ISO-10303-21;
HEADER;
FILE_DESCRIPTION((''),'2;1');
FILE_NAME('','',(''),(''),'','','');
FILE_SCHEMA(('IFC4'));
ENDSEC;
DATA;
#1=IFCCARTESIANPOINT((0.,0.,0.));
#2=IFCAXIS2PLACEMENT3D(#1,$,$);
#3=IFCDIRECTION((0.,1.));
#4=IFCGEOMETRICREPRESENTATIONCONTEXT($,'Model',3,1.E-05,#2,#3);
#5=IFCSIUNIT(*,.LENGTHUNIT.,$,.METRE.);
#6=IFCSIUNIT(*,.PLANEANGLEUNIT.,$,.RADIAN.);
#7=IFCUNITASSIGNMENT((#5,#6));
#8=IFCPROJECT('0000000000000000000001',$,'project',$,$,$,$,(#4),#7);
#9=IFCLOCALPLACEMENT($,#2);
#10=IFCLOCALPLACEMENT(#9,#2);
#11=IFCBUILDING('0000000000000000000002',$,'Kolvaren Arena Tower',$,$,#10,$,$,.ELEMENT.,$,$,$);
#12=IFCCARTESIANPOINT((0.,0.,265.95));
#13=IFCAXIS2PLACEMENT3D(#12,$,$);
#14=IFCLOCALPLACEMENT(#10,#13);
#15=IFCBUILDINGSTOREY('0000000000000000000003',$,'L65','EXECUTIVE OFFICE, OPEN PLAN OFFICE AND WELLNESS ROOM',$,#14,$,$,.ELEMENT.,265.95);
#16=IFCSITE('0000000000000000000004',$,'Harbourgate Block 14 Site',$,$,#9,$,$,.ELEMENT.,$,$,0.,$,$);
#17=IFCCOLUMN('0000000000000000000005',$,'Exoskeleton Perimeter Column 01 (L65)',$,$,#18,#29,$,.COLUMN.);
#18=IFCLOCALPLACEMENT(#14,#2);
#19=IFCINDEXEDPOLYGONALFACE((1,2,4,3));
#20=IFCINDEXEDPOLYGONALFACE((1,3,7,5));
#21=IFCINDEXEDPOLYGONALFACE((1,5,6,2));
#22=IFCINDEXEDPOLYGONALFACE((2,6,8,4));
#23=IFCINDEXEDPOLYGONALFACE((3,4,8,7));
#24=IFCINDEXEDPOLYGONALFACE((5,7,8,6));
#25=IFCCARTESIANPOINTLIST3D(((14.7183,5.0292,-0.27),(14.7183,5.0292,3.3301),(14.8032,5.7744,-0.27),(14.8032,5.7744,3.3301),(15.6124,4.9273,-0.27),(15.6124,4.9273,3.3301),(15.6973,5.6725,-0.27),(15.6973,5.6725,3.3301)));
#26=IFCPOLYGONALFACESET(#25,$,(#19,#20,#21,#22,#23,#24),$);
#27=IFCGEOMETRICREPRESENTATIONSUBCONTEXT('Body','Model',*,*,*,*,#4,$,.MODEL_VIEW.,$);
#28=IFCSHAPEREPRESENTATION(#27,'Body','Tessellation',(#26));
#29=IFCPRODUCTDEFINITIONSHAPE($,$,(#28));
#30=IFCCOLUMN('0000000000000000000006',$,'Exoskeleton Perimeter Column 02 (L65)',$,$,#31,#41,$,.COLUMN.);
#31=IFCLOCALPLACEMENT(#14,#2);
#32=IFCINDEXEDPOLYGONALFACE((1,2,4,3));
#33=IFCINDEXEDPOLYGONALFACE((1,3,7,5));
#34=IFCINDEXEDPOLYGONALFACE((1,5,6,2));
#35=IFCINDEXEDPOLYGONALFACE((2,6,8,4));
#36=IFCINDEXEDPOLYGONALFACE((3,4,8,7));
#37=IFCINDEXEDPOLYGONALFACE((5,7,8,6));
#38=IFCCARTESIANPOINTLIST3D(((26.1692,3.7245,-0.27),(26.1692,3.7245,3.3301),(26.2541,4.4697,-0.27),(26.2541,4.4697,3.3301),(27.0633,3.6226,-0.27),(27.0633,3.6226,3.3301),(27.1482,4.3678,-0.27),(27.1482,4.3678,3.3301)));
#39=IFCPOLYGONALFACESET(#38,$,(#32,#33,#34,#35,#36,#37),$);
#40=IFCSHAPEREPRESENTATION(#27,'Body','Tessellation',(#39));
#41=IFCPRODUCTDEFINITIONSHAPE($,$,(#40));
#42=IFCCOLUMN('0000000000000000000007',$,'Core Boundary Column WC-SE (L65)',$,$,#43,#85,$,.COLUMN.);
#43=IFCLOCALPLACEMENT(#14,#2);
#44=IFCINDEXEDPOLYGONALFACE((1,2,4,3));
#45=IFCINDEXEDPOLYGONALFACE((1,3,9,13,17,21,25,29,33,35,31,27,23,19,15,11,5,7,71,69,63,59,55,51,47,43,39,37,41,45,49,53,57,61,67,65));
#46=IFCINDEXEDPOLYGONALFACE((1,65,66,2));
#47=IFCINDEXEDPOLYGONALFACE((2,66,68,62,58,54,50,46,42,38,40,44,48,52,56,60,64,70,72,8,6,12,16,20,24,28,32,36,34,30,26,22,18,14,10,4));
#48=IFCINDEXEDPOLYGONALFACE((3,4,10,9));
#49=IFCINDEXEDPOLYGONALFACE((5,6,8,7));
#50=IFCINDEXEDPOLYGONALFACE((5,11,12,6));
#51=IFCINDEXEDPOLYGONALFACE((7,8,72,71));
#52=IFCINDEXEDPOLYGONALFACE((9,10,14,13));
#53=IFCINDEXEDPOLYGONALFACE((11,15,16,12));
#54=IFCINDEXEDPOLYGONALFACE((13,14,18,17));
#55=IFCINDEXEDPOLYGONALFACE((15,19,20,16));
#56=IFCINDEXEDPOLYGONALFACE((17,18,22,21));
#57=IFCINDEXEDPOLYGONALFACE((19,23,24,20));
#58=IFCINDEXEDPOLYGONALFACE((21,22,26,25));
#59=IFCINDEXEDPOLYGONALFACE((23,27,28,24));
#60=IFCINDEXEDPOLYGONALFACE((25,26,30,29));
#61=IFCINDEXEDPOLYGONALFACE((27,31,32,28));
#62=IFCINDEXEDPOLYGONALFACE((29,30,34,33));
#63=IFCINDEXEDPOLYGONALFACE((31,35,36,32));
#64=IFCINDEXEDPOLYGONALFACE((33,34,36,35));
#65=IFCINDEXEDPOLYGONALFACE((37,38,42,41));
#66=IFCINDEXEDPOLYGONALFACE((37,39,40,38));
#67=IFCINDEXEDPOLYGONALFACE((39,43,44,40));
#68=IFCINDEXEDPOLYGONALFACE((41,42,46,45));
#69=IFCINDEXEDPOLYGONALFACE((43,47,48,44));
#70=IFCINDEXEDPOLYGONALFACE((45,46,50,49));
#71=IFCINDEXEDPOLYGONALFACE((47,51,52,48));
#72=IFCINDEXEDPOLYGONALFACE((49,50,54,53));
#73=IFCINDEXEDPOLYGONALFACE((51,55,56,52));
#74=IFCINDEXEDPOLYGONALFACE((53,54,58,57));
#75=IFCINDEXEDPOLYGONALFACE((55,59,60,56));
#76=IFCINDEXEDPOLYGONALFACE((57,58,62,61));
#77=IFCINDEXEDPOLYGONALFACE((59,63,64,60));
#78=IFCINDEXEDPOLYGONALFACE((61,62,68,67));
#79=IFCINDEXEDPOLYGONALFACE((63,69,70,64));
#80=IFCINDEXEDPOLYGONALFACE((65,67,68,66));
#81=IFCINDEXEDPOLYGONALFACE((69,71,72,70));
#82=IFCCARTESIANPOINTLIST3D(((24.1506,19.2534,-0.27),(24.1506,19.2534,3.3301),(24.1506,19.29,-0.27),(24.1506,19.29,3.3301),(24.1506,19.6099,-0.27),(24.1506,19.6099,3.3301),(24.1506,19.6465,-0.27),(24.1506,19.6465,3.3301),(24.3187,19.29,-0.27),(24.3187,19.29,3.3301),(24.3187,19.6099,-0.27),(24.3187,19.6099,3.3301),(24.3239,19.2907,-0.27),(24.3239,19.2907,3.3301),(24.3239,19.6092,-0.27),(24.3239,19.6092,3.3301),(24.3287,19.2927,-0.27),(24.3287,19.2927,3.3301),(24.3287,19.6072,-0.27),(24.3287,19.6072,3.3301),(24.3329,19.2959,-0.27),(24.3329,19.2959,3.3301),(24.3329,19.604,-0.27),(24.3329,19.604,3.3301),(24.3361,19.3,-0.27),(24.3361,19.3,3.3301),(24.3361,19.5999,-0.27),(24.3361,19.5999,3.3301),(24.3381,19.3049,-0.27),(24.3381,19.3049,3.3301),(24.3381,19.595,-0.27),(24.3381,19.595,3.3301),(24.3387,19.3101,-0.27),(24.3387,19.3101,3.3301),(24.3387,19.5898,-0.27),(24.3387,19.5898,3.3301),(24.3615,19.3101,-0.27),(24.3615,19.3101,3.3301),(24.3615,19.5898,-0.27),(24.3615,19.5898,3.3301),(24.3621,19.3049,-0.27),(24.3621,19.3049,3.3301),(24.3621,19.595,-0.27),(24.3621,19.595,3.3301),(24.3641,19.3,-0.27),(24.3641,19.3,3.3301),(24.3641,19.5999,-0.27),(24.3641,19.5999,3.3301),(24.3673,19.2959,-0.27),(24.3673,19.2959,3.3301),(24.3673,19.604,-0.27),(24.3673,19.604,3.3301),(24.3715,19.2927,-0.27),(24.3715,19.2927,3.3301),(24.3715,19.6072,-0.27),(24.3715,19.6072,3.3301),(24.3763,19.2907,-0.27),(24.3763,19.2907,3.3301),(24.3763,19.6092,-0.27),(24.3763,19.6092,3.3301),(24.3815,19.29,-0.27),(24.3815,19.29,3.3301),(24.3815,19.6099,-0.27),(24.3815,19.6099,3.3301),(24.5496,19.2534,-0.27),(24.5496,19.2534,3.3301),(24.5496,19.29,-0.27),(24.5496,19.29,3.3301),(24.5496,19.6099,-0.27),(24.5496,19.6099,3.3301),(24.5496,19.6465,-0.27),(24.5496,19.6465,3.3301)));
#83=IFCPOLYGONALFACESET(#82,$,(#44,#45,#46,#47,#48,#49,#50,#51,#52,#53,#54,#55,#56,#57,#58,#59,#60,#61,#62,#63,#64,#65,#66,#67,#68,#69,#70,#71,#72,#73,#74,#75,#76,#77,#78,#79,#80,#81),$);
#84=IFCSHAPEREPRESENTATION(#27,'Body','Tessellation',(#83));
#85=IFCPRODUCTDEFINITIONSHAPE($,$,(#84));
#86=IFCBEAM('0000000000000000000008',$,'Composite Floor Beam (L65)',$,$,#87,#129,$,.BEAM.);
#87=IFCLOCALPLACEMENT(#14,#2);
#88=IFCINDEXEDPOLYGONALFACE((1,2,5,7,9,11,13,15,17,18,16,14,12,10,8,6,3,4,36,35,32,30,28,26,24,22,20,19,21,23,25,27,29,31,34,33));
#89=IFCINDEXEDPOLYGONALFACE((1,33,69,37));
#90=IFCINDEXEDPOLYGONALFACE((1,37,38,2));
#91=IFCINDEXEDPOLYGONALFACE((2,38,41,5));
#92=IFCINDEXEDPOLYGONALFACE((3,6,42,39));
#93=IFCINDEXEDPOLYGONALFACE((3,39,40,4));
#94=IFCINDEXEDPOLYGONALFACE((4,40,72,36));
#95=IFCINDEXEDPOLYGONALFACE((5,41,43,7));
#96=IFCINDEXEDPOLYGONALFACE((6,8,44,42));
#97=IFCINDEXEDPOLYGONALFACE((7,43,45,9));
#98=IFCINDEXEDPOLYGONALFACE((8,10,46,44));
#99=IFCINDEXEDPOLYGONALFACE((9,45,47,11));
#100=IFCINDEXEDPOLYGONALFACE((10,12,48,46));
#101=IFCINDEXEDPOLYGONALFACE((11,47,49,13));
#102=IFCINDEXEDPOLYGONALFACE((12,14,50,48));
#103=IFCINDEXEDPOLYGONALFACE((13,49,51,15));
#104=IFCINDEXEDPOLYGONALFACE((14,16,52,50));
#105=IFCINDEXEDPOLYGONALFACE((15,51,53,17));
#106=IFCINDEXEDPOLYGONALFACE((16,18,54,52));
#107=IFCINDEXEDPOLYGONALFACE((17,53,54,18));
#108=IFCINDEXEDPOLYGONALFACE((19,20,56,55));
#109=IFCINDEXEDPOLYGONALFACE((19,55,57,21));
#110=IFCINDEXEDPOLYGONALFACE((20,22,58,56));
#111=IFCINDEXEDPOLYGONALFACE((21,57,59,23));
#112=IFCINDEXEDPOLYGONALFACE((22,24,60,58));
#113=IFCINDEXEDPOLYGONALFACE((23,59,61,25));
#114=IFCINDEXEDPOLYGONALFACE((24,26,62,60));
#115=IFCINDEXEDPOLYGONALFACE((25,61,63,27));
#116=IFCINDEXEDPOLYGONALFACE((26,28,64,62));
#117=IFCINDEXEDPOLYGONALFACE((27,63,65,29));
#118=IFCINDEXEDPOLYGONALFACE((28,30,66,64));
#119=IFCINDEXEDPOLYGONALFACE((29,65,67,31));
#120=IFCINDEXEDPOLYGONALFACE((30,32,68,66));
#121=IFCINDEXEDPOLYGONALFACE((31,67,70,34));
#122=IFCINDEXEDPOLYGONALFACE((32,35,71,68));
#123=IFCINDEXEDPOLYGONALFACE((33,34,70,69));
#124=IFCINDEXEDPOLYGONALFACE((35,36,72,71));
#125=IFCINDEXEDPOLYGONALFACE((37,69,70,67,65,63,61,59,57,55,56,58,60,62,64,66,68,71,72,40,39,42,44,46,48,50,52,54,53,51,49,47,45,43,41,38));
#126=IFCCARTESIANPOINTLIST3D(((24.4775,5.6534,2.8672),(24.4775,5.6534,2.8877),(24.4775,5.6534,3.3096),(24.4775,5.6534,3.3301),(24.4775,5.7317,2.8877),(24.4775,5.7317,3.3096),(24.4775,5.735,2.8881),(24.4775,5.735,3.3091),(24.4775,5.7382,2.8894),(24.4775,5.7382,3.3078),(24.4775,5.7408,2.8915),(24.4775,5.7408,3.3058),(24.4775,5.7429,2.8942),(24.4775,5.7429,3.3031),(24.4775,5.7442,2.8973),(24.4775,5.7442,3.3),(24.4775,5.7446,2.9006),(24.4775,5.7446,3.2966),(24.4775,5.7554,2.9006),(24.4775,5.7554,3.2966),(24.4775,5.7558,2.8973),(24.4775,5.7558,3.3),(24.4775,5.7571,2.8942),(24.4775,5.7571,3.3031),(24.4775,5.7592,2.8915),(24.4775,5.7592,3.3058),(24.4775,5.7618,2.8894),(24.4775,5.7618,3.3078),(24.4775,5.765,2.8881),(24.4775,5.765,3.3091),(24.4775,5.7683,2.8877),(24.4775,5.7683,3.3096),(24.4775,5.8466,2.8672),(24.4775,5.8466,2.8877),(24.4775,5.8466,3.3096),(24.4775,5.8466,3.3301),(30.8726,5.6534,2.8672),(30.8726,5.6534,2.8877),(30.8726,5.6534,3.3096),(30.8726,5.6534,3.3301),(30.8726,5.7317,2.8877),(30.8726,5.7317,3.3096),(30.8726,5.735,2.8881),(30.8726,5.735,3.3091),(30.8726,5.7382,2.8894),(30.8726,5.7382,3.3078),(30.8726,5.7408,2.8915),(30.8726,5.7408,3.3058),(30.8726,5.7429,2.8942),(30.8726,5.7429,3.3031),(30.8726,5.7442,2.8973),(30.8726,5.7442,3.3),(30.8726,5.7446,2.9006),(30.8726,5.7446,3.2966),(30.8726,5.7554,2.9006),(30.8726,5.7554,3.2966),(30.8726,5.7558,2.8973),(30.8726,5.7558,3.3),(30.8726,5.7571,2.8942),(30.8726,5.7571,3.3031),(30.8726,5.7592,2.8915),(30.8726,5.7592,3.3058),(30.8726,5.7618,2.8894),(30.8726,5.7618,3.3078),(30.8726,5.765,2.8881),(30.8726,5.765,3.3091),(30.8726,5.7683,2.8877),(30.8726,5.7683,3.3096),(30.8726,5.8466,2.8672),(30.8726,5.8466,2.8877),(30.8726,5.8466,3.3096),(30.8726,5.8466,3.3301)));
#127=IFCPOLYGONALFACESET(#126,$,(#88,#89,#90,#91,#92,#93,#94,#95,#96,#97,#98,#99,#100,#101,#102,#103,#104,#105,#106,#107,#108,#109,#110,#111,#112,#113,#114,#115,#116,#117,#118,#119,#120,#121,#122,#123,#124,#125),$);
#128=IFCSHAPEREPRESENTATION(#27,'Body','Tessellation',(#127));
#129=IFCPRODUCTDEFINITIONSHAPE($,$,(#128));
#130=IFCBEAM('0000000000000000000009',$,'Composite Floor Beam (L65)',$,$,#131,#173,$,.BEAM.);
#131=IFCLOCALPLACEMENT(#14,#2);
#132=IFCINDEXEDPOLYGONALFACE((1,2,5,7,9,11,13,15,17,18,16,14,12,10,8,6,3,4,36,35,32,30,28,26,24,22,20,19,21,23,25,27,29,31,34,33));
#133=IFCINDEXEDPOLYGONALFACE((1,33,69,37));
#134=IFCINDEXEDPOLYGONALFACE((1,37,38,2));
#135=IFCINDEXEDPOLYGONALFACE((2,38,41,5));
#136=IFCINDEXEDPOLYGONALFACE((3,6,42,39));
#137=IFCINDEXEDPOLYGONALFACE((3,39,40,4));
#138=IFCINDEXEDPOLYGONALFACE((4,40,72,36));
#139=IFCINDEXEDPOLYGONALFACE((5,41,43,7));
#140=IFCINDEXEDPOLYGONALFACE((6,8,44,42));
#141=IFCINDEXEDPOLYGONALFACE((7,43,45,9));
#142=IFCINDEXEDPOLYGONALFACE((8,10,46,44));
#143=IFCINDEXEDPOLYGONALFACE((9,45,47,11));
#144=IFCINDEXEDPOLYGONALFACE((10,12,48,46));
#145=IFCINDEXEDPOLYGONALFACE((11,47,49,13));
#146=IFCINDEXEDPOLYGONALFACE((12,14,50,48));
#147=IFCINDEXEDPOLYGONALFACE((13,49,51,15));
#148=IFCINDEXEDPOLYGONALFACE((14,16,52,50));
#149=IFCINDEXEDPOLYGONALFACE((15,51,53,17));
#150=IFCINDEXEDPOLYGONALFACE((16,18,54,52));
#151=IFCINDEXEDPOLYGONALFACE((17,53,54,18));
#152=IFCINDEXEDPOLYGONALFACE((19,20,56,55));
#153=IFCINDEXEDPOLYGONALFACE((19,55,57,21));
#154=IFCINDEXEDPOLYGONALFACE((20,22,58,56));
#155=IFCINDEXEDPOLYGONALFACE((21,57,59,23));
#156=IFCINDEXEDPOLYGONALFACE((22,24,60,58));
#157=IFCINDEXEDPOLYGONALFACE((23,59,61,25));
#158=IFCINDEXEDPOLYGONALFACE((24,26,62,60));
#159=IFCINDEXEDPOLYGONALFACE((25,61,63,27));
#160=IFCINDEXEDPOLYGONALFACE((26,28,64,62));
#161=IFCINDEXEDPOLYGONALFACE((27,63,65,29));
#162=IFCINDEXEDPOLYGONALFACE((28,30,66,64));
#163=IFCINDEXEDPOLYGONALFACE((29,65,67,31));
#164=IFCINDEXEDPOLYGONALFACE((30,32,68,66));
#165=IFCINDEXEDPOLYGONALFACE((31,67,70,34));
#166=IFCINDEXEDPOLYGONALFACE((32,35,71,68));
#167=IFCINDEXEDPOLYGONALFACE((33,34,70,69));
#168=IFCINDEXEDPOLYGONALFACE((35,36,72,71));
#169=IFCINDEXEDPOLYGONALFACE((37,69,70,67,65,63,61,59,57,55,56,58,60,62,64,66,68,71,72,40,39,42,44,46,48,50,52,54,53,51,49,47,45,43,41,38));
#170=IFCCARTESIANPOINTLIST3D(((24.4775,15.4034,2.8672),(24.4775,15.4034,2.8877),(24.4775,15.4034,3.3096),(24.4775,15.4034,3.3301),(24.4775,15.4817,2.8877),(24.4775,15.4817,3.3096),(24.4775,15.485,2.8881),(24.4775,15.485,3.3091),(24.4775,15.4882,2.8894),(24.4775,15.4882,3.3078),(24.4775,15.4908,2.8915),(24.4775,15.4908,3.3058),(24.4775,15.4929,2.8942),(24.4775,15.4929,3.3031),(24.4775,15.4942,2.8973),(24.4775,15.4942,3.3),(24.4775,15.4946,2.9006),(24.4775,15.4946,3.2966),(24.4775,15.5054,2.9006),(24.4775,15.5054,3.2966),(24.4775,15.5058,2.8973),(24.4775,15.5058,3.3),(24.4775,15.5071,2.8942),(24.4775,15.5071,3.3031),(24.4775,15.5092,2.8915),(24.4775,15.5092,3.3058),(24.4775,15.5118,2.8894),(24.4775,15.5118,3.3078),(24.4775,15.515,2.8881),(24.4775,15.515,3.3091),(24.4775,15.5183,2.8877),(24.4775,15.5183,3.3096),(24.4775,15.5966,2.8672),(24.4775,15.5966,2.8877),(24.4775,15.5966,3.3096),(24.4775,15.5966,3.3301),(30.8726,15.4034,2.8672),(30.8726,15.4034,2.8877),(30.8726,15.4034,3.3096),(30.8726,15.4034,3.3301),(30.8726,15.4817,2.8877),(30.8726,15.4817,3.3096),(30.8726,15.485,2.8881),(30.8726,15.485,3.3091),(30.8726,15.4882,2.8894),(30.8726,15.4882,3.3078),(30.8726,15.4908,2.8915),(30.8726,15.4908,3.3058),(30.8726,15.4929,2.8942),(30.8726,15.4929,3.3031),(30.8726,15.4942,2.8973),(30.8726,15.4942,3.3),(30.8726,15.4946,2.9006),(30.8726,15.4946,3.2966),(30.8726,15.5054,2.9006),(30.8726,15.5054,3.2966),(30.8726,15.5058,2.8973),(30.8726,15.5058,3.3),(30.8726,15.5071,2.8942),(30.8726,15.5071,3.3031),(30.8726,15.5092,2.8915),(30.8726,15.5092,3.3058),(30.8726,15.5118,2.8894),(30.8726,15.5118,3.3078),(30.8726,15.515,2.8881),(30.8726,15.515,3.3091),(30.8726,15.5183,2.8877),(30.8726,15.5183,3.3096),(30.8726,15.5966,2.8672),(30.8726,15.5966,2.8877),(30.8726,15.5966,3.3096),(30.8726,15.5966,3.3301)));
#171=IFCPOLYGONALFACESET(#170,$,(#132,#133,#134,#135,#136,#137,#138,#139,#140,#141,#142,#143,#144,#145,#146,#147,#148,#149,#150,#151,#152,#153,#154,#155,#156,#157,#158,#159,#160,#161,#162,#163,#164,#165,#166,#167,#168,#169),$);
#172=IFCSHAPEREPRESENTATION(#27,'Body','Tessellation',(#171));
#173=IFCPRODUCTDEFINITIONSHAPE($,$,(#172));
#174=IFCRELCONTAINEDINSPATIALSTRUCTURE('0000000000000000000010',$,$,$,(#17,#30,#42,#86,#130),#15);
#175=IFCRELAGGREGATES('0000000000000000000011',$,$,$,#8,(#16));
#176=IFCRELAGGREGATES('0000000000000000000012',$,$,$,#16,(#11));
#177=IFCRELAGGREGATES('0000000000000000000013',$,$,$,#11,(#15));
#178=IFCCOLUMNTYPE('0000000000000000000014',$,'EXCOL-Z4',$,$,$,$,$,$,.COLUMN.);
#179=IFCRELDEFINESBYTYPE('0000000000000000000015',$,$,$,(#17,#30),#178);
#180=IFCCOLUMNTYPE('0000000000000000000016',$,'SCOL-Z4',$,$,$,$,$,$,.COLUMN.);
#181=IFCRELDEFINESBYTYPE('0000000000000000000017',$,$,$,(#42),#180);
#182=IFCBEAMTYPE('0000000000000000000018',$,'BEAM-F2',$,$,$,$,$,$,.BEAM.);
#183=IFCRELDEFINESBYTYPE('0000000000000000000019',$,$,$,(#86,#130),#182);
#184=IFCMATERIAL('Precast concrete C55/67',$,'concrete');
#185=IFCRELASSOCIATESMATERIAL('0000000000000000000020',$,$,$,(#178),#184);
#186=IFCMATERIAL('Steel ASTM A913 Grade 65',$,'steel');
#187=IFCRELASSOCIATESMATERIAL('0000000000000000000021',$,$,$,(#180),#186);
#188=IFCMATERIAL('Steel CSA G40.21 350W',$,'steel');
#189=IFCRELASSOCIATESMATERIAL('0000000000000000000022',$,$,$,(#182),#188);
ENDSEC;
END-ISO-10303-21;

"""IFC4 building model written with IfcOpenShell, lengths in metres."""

from ifc_helpers import new_model, si_unit, direction, frame, origin, origin_2d, place, context, subcontext, project, spatial, rectangle, i_section, extrude, material, material_profile, profile_set, type_object, element, save


model = new_model("IFC4")

# Units and contexts
model_context = context("Model", 3, precision=1e-05, world=origin(), true_north=direction((0.0, 1.0)))
body_context = subcontext(model_context, "Body", "Model", "MODEL_VIEW")
ifc_project = project(units=[si_unit("LENGTHUNIT", "METRE"), si_unit("PLANEANGLEUNIT", "RADIAN")], contexts=[model_context])

# Site, building, storey
site_placement = place(None, origin())
site = spatial("IfcSite", under=ifc_project, at=site_placement, Name="Harbourgate Block 14 Site", CompositionType="ELEMENT", RefElevation=0.0)
building_placement = place(site_placement, origin())
building = spatial("IfcBuilding", under=site, at=building_placement, Name="Kolvaren Arena Tower", CompositionType="ELEMENT")
storey_placement = place(building_placement, frame((0.0, 0.0, 265.95)))
storey = spatial("IfcBuildingStorey", under=building, at=storey_placement, Name="L65", Description="EXECUTIVE OFFICE, OPEN PLAN OFFICE AND WELLNESS ROOM", CompositionType="ELEMENT", Elevation=265.95)

# Columns
ifc_material_1 = material(Name="Precast concrete C55/67", Category="concrete")
ifc_material_profile_1 = material_profile(ifc_material_1, rectangle(XDim=0.8999, YDim=0.75, at=origin_2d()), Name="RC-900x750")
ifc_profile_set_1 = profile_set([ifc_material_profile_1], Name="Precast concrete C55/67")
column_type_1 = type_object("IfcColumnType", Name="EXCOL-Z4", PredefinedType="COLUMN", material=ifc_profile_set_1)
for number, where, z_axis, x_axis, name in (
    (1, (15.2078, 5.3508, -0.27), (0.0, 0.0, 1.0), (0.993572, -0.113203, 0.0), "Exoskeleton Perimeter Column 01 (L65)"),
    (2, (26.6587, 4.0461, -0.27), (0.0, 0.0, 1.0), (0.993572, -0.113203, 0.0), "Exoskeleton Perimeter Column 02 (L65)"),
):
    element("IfcColumn", number, at=place(storey_placement, frame(where, z_axis=z_axis, x_axis=x_axis)), inside=storey, type_object=column_type_1, Name=name, PredefinedType="COLUMN", context=body_context, shape_type="SweptSolid", body=[
        extrude(rectangle(XDim=0.8999, YDim=0.75, at=origin_2d()), origin(), (0.0, 0.0, 1.0), 3.6001),
    ])
ifc_material_2 = material(Name="Steel ASTM A913 Grade 65", Category="steel")
ifc_material_profile_2 = material_profile(ifc_material_2, i_section(OverallWidth=0.3989, OverallDepth=0.3931, WebThickness=0.0227, FlangeThickness=0.0366, FilletRadius=0.02, at=origin_2d()), Name="W360x287")
ifc_profile_set_2 = profile_set([ifc_material_profile_2], Name="Steel ASTM A913 Grade 65")
column_type_2 = type_object("IfcColumnType", Name="SCOL-Z4", PredefinedType="COLUMN", material=ifc_profile_set_2)
column_placement = place(storey_placement, frame((24.3501, 19.45, -0.27), z_axis=(0.0, 0.0, 1.0), x_axis=(1.0, 0.0, 0.0)))
element("IfcColumn", 3, at=column_placement, inside=storey, type_object=column_type_2, Name="Core Boundary Column WC-SE (L65)", PredefinedType="COLUMN", context=body_context, shape_type="SweptSolid", body=[
    extrude(i_section(OverallWidth=0.3989, OverallDepth=0.3931, WebThickness=0.0227, FlangeThickness=0.0366, FilletRadius=0.02, at=origin_2d()), origin(), (0.0, 0.0, 1.0), 3.6001),
])

# Beams
ifc_material_3 = material(Name="Steel CSA G40.21 350W", Category="steel")
ifc_material_profile_3 = material_profile(ifc_material_3, i_section(OverallWidth=0.1931, OverallDepth=0.4629, WebThickness=0.0107, FlangeThickness=0.0205, FilletRadius=0.0129, at=origin_2d()), Name="W460x113")
ifc_profile_set_3 = profile_set([ifc_material_profile_3], Name="Steel CSA G40.21 350W")
beam_type_1 = type_object("IfcBeamType", Name="BEAM-F2", PredefinedType="BEAM", material=ifc_profile_set_3)
for number, where, z_axis, x_axis, name in (
    (4, (24.4775, 5.75, 3.0986), (1.0, 0.0, 0.0), (0.0, 1.0, 0.0), "Composite Floor Beam (L65)"),
    (5, (24.4775, 15.5, 3.0986), (1.0, 0.0, 0.0), (0.0, 1.0, 0.0), "Composite Floor Beam (L65)"),
):
    element("IfcBeam", number, at=place(storey_placement, frame(where, z_axis=z_axis, x_axis=x_axis)), inside=storey, type_object=beam_type_1, Name=name, PredefinedType="BEAM", context=body_context, shape_type="SweptSolid", body=[
        extrude(i_section(OverallWidth=0.1931, OverallDepth=0.4629, WebThickness=0.0107, FlangeThickness=0.0205, FilletRadius=0.0129, at=origin_2d()), origin(), (0.0, 0.0, 1.0), 6.395),
    ])

save(model, "model.ifc")
